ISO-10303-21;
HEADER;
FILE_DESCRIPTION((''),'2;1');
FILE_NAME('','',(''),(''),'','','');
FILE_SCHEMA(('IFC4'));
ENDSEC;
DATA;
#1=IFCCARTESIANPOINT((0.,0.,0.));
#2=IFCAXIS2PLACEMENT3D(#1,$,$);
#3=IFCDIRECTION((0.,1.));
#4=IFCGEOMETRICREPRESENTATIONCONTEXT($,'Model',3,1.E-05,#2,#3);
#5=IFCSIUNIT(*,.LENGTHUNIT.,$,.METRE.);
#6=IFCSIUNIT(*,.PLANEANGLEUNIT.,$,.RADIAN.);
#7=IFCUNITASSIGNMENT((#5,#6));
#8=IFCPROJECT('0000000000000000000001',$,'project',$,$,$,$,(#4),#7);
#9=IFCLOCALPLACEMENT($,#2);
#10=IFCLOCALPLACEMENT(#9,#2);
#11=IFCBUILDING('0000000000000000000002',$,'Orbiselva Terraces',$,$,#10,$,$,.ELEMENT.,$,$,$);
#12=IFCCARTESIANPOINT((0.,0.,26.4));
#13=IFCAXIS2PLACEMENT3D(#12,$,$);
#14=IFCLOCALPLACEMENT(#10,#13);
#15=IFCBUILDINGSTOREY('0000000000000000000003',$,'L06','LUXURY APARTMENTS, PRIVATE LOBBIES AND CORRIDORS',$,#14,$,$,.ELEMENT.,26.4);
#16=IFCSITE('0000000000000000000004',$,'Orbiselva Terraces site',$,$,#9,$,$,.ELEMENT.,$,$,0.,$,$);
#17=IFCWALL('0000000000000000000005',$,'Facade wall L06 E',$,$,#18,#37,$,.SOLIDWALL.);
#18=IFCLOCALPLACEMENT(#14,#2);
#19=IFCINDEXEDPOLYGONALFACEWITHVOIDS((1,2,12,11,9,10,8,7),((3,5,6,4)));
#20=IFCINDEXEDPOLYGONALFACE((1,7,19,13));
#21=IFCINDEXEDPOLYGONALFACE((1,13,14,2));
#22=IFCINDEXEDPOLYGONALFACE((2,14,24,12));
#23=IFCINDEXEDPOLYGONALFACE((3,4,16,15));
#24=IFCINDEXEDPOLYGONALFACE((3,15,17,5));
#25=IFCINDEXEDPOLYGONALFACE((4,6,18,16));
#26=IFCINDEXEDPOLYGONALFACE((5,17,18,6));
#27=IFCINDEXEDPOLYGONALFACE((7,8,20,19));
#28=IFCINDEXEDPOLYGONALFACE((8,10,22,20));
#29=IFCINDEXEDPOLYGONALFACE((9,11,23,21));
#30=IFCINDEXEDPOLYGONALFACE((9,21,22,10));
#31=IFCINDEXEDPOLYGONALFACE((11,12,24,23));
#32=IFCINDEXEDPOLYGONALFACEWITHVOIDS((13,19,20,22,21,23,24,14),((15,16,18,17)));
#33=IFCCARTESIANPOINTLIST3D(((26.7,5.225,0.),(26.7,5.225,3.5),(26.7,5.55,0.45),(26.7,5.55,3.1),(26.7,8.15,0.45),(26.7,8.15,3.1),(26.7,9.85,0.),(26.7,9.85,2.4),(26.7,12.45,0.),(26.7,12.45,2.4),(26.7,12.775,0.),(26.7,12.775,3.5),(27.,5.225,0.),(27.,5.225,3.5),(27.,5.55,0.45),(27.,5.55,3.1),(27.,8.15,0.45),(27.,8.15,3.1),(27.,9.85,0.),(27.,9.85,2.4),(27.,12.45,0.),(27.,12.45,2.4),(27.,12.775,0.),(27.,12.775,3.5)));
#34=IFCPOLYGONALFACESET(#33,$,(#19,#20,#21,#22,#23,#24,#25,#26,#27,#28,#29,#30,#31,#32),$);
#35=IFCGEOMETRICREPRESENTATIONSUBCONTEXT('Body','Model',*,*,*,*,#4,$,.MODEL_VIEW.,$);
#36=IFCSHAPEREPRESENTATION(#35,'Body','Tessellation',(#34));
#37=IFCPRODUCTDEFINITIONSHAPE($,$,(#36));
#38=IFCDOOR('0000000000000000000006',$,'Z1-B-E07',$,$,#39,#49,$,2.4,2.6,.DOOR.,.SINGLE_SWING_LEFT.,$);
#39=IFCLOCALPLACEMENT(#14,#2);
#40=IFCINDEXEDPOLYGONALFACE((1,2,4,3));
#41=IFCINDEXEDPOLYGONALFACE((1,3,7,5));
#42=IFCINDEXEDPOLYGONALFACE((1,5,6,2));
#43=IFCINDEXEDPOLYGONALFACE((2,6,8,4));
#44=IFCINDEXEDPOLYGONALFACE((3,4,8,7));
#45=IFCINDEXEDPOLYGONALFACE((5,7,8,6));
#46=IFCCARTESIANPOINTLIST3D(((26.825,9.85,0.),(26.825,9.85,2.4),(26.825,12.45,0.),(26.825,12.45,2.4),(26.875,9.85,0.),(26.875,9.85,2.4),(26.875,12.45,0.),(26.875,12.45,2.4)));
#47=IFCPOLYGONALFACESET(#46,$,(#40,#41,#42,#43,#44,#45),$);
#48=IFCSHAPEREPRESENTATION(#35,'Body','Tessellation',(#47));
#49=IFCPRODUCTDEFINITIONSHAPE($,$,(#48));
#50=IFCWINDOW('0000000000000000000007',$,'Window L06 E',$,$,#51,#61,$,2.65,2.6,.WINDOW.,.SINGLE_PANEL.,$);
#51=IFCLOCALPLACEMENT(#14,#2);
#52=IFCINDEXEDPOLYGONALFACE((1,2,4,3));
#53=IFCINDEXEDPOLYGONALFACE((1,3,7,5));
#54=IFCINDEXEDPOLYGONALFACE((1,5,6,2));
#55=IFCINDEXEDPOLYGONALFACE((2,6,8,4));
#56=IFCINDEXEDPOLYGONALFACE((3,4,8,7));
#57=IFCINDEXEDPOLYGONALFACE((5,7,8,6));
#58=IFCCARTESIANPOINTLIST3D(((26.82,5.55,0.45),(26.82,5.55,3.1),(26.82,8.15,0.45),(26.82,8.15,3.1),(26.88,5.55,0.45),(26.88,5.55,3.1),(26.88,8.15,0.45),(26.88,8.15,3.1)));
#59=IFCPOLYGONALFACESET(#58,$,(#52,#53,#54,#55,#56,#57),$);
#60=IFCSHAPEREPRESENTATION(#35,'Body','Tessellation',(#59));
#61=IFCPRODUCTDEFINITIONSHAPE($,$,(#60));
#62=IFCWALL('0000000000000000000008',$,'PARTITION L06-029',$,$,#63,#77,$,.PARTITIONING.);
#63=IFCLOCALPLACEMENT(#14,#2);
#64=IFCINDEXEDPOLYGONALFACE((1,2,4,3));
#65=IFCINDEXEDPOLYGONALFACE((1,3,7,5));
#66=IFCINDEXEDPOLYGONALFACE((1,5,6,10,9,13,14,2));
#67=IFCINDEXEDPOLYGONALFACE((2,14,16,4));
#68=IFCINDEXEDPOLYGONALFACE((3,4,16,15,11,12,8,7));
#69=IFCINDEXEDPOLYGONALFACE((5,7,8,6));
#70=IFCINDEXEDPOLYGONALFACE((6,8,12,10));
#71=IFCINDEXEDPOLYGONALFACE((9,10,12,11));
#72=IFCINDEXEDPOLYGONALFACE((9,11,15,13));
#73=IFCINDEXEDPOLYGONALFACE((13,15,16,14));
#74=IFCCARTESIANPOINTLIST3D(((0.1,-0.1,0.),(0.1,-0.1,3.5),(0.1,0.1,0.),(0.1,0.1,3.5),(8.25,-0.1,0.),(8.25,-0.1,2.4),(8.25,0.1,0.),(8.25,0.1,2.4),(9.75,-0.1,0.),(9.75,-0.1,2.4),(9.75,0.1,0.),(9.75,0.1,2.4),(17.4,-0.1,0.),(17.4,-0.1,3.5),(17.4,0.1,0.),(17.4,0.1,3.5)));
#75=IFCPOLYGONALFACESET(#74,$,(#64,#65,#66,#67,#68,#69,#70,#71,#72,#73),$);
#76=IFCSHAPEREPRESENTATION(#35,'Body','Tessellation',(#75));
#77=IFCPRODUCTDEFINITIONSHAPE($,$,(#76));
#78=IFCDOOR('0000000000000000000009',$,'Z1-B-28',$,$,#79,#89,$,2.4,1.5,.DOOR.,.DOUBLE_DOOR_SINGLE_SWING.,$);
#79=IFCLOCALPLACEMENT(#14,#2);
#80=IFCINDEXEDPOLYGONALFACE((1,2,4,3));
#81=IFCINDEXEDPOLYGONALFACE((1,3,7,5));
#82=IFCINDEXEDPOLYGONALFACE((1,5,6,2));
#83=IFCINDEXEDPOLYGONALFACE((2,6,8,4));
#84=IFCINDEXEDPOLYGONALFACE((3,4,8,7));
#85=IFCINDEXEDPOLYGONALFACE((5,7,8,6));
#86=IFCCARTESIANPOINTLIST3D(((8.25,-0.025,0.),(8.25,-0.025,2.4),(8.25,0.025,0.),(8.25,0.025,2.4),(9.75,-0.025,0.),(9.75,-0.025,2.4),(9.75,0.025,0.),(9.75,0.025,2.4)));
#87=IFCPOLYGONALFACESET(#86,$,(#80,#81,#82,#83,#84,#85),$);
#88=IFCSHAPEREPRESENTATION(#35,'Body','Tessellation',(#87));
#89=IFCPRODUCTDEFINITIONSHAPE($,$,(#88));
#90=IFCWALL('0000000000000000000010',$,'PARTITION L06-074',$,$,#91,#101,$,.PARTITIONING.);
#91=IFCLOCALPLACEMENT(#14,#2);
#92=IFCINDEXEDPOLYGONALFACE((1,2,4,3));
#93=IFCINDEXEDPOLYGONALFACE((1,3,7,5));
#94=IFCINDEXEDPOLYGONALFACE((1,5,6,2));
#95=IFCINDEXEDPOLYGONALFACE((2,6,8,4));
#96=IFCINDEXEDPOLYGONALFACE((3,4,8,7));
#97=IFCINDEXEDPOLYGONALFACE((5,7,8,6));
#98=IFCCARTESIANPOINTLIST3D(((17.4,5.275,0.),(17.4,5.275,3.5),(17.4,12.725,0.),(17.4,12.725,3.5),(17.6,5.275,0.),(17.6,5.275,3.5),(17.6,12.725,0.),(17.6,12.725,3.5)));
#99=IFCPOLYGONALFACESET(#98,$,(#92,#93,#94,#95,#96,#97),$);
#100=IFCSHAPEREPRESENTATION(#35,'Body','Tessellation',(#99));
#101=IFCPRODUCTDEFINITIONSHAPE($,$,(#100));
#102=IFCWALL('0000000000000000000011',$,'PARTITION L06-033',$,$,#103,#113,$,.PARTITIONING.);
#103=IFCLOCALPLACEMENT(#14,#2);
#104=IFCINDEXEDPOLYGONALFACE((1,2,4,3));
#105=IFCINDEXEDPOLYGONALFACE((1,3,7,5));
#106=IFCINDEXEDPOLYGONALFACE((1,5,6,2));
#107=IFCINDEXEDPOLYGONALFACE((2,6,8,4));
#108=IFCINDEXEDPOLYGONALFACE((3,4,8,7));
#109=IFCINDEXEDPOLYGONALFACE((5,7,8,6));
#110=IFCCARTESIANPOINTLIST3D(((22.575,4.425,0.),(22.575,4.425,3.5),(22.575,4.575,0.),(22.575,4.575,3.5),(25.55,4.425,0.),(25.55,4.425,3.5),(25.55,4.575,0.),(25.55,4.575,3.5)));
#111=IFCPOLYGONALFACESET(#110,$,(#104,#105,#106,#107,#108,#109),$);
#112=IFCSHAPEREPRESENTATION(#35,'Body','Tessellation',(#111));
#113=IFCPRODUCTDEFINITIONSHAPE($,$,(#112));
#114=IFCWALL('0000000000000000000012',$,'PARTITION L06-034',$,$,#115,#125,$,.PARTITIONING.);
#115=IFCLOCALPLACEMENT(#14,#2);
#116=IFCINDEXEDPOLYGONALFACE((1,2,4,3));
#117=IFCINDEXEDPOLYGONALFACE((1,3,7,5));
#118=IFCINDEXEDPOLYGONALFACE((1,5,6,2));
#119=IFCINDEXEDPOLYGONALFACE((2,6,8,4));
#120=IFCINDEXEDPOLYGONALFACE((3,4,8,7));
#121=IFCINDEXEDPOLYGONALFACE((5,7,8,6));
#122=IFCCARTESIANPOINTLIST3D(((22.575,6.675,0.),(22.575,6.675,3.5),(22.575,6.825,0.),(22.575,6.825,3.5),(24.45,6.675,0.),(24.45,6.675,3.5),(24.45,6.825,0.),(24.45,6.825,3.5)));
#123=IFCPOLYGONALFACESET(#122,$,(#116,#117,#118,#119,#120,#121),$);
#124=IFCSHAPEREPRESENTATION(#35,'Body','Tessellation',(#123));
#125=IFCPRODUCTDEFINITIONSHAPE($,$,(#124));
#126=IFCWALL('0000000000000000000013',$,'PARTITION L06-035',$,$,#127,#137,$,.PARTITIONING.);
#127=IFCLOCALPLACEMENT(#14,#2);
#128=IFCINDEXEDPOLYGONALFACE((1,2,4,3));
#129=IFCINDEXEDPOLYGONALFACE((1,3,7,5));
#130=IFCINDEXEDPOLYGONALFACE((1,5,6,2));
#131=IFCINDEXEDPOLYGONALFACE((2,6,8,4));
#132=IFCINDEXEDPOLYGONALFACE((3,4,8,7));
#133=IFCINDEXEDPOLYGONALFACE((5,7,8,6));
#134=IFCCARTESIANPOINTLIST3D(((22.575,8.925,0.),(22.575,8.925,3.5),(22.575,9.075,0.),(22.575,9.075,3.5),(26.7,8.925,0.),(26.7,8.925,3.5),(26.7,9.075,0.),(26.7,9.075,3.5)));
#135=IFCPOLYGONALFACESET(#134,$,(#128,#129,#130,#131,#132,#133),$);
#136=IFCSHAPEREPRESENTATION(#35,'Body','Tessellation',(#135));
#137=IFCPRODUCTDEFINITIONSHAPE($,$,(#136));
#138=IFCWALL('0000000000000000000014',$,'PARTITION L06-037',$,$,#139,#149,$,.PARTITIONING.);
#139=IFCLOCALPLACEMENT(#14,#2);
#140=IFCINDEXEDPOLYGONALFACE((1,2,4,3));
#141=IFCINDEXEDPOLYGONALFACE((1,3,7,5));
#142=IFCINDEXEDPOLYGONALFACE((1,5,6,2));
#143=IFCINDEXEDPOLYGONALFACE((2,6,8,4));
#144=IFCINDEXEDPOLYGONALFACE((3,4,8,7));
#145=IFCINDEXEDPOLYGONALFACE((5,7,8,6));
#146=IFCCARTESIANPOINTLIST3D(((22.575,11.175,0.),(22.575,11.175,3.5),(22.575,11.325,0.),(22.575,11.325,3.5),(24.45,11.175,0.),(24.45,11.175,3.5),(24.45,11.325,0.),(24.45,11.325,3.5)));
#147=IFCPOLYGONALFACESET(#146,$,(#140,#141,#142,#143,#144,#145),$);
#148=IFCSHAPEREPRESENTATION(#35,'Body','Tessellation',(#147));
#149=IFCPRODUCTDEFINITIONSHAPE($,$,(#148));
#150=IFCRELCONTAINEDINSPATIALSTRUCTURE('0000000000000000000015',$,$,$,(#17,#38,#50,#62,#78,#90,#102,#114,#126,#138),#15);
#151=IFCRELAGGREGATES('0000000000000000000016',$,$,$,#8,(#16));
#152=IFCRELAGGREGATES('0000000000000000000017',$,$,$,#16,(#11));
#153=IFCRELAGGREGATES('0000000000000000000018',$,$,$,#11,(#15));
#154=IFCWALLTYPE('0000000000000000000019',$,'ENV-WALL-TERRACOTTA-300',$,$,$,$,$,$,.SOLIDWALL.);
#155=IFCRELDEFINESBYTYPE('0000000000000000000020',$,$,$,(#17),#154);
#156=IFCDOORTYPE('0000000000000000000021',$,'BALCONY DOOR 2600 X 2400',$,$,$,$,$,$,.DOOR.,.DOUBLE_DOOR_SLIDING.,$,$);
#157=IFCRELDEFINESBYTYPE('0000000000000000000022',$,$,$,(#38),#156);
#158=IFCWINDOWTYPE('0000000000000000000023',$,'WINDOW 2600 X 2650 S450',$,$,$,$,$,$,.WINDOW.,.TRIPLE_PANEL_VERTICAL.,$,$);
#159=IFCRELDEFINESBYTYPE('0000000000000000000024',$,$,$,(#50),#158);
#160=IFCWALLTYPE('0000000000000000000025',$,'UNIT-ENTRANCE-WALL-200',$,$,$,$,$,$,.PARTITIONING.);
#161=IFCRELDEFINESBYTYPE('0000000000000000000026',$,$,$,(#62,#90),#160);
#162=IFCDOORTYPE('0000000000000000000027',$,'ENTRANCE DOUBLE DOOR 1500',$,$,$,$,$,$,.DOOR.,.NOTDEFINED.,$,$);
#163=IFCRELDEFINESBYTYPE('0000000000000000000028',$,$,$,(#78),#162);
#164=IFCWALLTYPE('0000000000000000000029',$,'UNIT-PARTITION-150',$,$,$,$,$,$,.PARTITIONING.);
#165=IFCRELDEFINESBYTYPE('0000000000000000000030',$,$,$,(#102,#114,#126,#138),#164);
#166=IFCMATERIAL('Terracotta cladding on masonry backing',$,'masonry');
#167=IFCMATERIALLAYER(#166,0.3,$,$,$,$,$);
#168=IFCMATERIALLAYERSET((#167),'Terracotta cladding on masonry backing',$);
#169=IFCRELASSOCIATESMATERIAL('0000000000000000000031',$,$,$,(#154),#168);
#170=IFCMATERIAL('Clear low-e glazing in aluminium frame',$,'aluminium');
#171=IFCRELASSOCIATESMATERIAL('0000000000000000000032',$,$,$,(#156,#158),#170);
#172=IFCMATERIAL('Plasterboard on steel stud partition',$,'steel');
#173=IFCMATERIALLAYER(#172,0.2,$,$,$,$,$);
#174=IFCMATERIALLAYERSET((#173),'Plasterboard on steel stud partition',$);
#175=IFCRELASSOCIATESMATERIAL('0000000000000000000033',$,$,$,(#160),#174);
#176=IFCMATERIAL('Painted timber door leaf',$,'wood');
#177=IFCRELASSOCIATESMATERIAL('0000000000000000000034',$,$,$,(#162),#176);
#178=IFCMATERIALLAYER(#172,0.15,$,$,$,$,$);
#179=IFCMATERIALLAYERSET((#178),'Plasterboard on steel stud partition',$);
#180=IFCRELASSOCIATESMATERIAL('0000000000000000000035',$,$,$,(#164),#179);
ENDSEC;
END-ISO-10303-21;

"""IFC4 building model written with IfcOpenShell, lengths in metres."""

from ifc_helpers import new_model, si_unit, direction, frame, frame_2d, origin, place, context, subcontext, project, spatial, rectangle, extrude, material, layer, layer_set, type_object, element, fill, save


model = new_model("IFC4")

# Units and contexts
model_context = context("Model", 3, precision=1e-05, world=origin(), true_north=direction((0.0, 1.0)))
body_context = subcontext(model_context, "Body", "Model", "MODEL_VIEW")
ifc_project = project(units=[si_unit("LENGTHUNIT", "METRE"), si_unit("PLANEANGLEUNIT", "RADIAN")], contexts=[model_context])

# Site, building, storey
site_placement = place(None, origin())
site = spatial("IfcSite", under=ifc_project, at=site_placement, Name="Orbiselva Terraces site", CompositionType="ELEMENT", RefElevation=0.0)
building_placement = place(site_placement, origin())
building = spatial("IfcBuilding", under=site, at=building_placement, Name="Orbiselva Terraces", CompositionType="ELEMENT")
storey_placement = place(building_placement, frame((0.0, 0.0, 26.4)))
storey = spatial("IfcBuildingStorey", under=building, at=storey_placement, Name="L06", Description="LUXURY APARTMENTS, PRIVATE LOBBIES AND CORRIDORS", CompositionType="ELEMENT", Elevation=26.4)

# Wall, openings, door, window
ifc_material_1 = material(Name="Terracotta cladding on masonry backing", Category="masonry")
ifc_layer_1 = layer(ifc_material_1, 0.3)
ifc_layer_set_1 = layer_set([ifc_layer_1], Name="Terracotta cladding on masonry backing")
wall_type_1 = type_object("IfcWallType", Name="ENV-WALL-TERRACOTTA-300", PredefinedType="SOLIDWALL", material=ifc_layer_set_1)
ifc_material_2 = material(Name="Clear low-e glazing in aluminium frame", Category="aluminium")
door_type_1 = type_object("IfcDoorType", Name="BALCONY DOOR 2600 X 2400", OperationType="DOUBLE_DOOR_SLIDING", PredefinedType="DOOR", material=ifc_material_2)
window_type = type_object("IfcWindowType", Name="WINDOW 2600 X 2650 S450", PartitioningType="TRIPLE_PANEL_VERTICAL", PredefinedType="WINDOW", material=ifc_material_2)
wall_1_placement = place(storey_placement, frame((26.85, 12.775, 0.0), z_axis=(0.0, 0.0, 1.0), x_axis=(0.0, -1.0, 0.0)))
wall_1 = element("IfcWall", 1, at=wall_1_placement, inside=storey, type_object=wall_type_1, Name="Facade wall L06 E", PredefinedType="SOLIDWALL", context=body_context, shape_type="SweptSolid", body=[
    extrude(rectangle(XDim=7.55, YDim=0.3, at=frame_2d((3.775, 0.0))), origin(), (0.0, 0.0, 1.0), 3.5),
])
opening_1_placement = place(wall_1_placement, frame((4.625, 0.0, 0.45)))
opening_1 = element("IfcOpeningElement", 2, at=opening_1_placement, cuts=wall_1, PredefinedType="OPENING", context=body_context, shape_type="SweptSolid", body=[
    extrude(rectangle(XDim=2.6, YDim=2.65, at=frame_2d((1.3, 1.325))), frame((0.0, 0.16, 0.0), z_axis=(0.0, -1.0, 0.0), x_axis=(1.0, 0.0, 0.0)), (0.0, 0.0, 1.0), 0.32),
])
opening_2_placement = place(wall_1_placement, frame((0.325, 0.0, 0.0)))
opening_2 = element("IfcOpeningElement", 3, at=opening_2_placement, cuts=wall_1, PredefinedType="OPENING", context=body_context, shape_type="SweptSolid", body=[
    extrude(rectangle(XDim=2.6, YDim=2.4, at=frame_2d((1.3, 1.2))), frame((0.0, 0.16, 0.0), z_axis=(0.0, -1.0, 0.0), x_axis=(1.0, 0.0, 0.0)), (0.0, 0.0, 1.0), 0.32),
])
door_1_placement = place(opening_2_placement, origin())
door_1 = element("IfcDoor", 4, at=door_1_placement, inside=storey, type_object=door_type_1, Name="Z1-B-E07", OperationType="SINGLE_SWING_LEFT", OverallHeight=2.4, OverallWidth=2.6, PredefinedType="DOOR", context=body_context, shape_type="SweptSolid", body=[
    extrude(rectangle(XDim=2.6, YDim=2.4, at=frame_2d((1.3, 1.2))), frame((0.0, 0.025, 0.0), z_axis=(0.0, -1.0, 0.0), x_axis=(1.0, 0.0, 0.0)), (0.0, 0.0, 1.0), 0.05),
])
fill(opening_2, door_1)
window_1_placement = place(opening_1_placement, origin())
window_1 = element("IfcWindow", 5, at=window_1_placement, inside=storey, type_object=window_type, Name="Window L06 E", OverallHeight=2.65, OverallWidth=2.6, PartitioningType="SINGLE_PANEL", PredefinedType="WINDOW", context=body_context, shape_type="SweptSolid", body=[
    extrude(rectangle(XDim=2.6, YDim=2.65, at=frame_2d((1.3, 1.325))), frame((0.0, 0.03, 0.0), z_axis=(0.0, -1.0, 0.0), x_axis=(1.0, 0.0, 0.0)), (0.0, 0.0, 1.0), 0.06),
])
fill(opening_1, window_1)

# Wall, opening, door
ifc_material_3 = material(Name="Plasterboard on steel stud partition", Category="steel")
ifc_layer_2 = layer(ifc_material_3, 0.2)
ifc_layer_set_2 = layer_set([ifc_layer_2], Name="Plasterboard on steel stud partition")
wall_type_2 = type_object("IfcWallType", Name="UNIT-ENTRANCE-WALL-200", PredefinedType="PARTITIONING", material=ifc_layer_set_2)
wall_2_placement = place(storey_placement, frame((17.4, 0.0, 0.0), z_axis=(0.0, 0.0, 1.0), x_axis=(-1.0, 0.0, 0.0)))
wall_2 = element("IfcWall", 6, at=wall_2_placement, inside=storey, type_object=wall_type_2, Name="PARTITION L06-029", PredefinedType="PARTITIONING", context=body_context, shape_type="SweptSolid", body=[
    extrude(rectangle(XDim=17.3, YDim=0.2, at=frame_2d((8.65, 0.0))), origin(), (0.0, 0.0, 1.0), 3.5),
])
opening_3_placement = place(wall_2_placement, frame((7.65, 0.0, 0.0)))
opening_3 = element("IfcOpeningElement", 7, at=opening_3_placement, cuts=wall_2, PredefinedType="OPENING", context=body_context, shape_type="SweptSolid", body=[
    extrude(rectangle(XDim=1.5, YDim=2.4, at=frame_2d((0.75, 1.2))), frame((0.0, 0.11, 0.0), z_axis=(0.0, -1.0, 0.0), x_axis=(1.0, 0.0, 0.0)), (0.0, 0.0, 1.0), 0.22),
])
ifc_material_4 = material(Name="Painted timber door leaf", Category="wood")
door_type_2 = type_object("IfcDoorType", Name="ENTRANCE DOUBLE DOOR 1500", OperationType="NOTDEFINED", PredefinedType="DOOR", material=ifc_material_4)
door_2_placement = place(opening_3_placement, origin())
door_2 = element("IfcDoor", 8, at=door_2_placement, inside=storey, type_object=door_type_2, Name="Z1-B-28", OperationType="DOUBLE_DOOR_SINGLE_SWING", OverallHeight=2.4, OverallWidth=1.5, PredefinedType="DOOR", context=body_context, shape_type="SweptSolid", body=[
    extrude(rectangle(XDim=1.5, YDim=2.4, at=frame_2d((0.75, 1.2))), frame((0.0, 0.025, 0.0), z_axis=(0.0, -1.0, 0.0), x_axis=(1.0, 0.0, 0.0)), (0.0, 0.0, 1.0), 0.05),
])
fill(opening_3, door_2)

# Walls
wall_3_placement = place(storey_placement, frame((17.5, 5.275, 0.0), z_axis=(0.0, 0.0, 1.0), x_axis=(0.0, 1.0, 0.0)))
element("IfcWall", 9, at=wall_3_placement, inside=storey, type_object=wall_type_2, Name="PARTITION L06-074", PredefinedType="PARTITIONING", context=body_context, shape_type="SweptSolid", body=[
    extrude(rectangle(XDim=7.45, YDim=0.2, at=frame_2d((3.725, 0.0))), origin(), (0.0, 0.0, 1.0), 3.5),
])
ifc_layer_3 = layer(ifc_material_3, 0.15)
ifc_layer_set_3 = layer_set([ifc_layer_3], Name="Plasterboard on steel stud partition")
wall_type_3 = type_object("IfcWallType", Name="UNIT-PARTITION-150", PredefinedType="PARTITIONING", material=ifc_layer_set_3)
wall_4_placement = place(storey_placement, frame((22.575, 4.5, 0.0), z_axis=(0.0, 0.0, 1.0), x_axis=(1.0, 0.0, 0.0)))
element("IfcWall", 10, at=wall_4_placement, inside=storey, type_object=wall_type_3, Name="PARTITION L06-033", PredefinedType="PARTITIONING", context=body_context, shape_type="SweptSolid", body=[
    extrude(rectangle(XDim=2.975, YDim=0.15, at=frame_2d((1.4875, 0.0))), origin(), (0.0, 0.0, 1.0), 3.5),
])
wall_5_placement = place(storey_placement, frame((22.575, 6.75, 0.0), z_axis=(0.0, 0.0, 1.0), x_axis=(1.0, 0.0, 0.0)))
element("IfcWall", 11, at=wall_5_placement, inside=storey, type_object=wall_type_3, Name="PARTITION L06-034", PredefinedType="PARTITIONING", context=body_context, shape_type="SweptSolid", body=[
    extrude(rectangle(XDim=1.875, YDim=0.15, at=frame_2d((0.9375, 0.0))), origin(), (0.0, 0.0, 1.0), 3.5),
])
wall_6_placement = place(storey_placement, frame((22.575, 9.0, 0.0), z_axis=(0.0, 0.0, 1.0), x_axis=(1.0, 0.0, 0.0)))
element("IfcWall", 12, at=wall_6_placement, inside=storey, type_object=wall_type_3, Name="PARTITION L06-035", PredefinedType="PARTITIONING", context=body_context, shape_type="SweptSolid", body=[
    extrude(rectangle(XDim=4.125, YDim=0.15, at=frame_2d((2.0625, 0.0))), origin(), (0.0, 0.0, 1.0), 3.5),
])
wall_7_placement = place(storey_placement, frame((22.575, 11.25, 0.0), z_axis=(0.0, 0.0, 1.0), x_axis=(1.0, 0.0, 0.0)))
element("IfcWall", 13, at=wall_7_placement, inside=storey, type_object=wall_type_3, Name="PARTITION L06-037", PredefinedType="PARTITIONING", context=body_context, shape_type="SweptSolid", body=[
    extrude(rectangle(XDim=1.875, YDim=0.15, at=frame_2d((0.9375, 0.0))), origin(), (0.0, 0.0, 1.0), 3.5),
])

save(model, "model.ifc")
